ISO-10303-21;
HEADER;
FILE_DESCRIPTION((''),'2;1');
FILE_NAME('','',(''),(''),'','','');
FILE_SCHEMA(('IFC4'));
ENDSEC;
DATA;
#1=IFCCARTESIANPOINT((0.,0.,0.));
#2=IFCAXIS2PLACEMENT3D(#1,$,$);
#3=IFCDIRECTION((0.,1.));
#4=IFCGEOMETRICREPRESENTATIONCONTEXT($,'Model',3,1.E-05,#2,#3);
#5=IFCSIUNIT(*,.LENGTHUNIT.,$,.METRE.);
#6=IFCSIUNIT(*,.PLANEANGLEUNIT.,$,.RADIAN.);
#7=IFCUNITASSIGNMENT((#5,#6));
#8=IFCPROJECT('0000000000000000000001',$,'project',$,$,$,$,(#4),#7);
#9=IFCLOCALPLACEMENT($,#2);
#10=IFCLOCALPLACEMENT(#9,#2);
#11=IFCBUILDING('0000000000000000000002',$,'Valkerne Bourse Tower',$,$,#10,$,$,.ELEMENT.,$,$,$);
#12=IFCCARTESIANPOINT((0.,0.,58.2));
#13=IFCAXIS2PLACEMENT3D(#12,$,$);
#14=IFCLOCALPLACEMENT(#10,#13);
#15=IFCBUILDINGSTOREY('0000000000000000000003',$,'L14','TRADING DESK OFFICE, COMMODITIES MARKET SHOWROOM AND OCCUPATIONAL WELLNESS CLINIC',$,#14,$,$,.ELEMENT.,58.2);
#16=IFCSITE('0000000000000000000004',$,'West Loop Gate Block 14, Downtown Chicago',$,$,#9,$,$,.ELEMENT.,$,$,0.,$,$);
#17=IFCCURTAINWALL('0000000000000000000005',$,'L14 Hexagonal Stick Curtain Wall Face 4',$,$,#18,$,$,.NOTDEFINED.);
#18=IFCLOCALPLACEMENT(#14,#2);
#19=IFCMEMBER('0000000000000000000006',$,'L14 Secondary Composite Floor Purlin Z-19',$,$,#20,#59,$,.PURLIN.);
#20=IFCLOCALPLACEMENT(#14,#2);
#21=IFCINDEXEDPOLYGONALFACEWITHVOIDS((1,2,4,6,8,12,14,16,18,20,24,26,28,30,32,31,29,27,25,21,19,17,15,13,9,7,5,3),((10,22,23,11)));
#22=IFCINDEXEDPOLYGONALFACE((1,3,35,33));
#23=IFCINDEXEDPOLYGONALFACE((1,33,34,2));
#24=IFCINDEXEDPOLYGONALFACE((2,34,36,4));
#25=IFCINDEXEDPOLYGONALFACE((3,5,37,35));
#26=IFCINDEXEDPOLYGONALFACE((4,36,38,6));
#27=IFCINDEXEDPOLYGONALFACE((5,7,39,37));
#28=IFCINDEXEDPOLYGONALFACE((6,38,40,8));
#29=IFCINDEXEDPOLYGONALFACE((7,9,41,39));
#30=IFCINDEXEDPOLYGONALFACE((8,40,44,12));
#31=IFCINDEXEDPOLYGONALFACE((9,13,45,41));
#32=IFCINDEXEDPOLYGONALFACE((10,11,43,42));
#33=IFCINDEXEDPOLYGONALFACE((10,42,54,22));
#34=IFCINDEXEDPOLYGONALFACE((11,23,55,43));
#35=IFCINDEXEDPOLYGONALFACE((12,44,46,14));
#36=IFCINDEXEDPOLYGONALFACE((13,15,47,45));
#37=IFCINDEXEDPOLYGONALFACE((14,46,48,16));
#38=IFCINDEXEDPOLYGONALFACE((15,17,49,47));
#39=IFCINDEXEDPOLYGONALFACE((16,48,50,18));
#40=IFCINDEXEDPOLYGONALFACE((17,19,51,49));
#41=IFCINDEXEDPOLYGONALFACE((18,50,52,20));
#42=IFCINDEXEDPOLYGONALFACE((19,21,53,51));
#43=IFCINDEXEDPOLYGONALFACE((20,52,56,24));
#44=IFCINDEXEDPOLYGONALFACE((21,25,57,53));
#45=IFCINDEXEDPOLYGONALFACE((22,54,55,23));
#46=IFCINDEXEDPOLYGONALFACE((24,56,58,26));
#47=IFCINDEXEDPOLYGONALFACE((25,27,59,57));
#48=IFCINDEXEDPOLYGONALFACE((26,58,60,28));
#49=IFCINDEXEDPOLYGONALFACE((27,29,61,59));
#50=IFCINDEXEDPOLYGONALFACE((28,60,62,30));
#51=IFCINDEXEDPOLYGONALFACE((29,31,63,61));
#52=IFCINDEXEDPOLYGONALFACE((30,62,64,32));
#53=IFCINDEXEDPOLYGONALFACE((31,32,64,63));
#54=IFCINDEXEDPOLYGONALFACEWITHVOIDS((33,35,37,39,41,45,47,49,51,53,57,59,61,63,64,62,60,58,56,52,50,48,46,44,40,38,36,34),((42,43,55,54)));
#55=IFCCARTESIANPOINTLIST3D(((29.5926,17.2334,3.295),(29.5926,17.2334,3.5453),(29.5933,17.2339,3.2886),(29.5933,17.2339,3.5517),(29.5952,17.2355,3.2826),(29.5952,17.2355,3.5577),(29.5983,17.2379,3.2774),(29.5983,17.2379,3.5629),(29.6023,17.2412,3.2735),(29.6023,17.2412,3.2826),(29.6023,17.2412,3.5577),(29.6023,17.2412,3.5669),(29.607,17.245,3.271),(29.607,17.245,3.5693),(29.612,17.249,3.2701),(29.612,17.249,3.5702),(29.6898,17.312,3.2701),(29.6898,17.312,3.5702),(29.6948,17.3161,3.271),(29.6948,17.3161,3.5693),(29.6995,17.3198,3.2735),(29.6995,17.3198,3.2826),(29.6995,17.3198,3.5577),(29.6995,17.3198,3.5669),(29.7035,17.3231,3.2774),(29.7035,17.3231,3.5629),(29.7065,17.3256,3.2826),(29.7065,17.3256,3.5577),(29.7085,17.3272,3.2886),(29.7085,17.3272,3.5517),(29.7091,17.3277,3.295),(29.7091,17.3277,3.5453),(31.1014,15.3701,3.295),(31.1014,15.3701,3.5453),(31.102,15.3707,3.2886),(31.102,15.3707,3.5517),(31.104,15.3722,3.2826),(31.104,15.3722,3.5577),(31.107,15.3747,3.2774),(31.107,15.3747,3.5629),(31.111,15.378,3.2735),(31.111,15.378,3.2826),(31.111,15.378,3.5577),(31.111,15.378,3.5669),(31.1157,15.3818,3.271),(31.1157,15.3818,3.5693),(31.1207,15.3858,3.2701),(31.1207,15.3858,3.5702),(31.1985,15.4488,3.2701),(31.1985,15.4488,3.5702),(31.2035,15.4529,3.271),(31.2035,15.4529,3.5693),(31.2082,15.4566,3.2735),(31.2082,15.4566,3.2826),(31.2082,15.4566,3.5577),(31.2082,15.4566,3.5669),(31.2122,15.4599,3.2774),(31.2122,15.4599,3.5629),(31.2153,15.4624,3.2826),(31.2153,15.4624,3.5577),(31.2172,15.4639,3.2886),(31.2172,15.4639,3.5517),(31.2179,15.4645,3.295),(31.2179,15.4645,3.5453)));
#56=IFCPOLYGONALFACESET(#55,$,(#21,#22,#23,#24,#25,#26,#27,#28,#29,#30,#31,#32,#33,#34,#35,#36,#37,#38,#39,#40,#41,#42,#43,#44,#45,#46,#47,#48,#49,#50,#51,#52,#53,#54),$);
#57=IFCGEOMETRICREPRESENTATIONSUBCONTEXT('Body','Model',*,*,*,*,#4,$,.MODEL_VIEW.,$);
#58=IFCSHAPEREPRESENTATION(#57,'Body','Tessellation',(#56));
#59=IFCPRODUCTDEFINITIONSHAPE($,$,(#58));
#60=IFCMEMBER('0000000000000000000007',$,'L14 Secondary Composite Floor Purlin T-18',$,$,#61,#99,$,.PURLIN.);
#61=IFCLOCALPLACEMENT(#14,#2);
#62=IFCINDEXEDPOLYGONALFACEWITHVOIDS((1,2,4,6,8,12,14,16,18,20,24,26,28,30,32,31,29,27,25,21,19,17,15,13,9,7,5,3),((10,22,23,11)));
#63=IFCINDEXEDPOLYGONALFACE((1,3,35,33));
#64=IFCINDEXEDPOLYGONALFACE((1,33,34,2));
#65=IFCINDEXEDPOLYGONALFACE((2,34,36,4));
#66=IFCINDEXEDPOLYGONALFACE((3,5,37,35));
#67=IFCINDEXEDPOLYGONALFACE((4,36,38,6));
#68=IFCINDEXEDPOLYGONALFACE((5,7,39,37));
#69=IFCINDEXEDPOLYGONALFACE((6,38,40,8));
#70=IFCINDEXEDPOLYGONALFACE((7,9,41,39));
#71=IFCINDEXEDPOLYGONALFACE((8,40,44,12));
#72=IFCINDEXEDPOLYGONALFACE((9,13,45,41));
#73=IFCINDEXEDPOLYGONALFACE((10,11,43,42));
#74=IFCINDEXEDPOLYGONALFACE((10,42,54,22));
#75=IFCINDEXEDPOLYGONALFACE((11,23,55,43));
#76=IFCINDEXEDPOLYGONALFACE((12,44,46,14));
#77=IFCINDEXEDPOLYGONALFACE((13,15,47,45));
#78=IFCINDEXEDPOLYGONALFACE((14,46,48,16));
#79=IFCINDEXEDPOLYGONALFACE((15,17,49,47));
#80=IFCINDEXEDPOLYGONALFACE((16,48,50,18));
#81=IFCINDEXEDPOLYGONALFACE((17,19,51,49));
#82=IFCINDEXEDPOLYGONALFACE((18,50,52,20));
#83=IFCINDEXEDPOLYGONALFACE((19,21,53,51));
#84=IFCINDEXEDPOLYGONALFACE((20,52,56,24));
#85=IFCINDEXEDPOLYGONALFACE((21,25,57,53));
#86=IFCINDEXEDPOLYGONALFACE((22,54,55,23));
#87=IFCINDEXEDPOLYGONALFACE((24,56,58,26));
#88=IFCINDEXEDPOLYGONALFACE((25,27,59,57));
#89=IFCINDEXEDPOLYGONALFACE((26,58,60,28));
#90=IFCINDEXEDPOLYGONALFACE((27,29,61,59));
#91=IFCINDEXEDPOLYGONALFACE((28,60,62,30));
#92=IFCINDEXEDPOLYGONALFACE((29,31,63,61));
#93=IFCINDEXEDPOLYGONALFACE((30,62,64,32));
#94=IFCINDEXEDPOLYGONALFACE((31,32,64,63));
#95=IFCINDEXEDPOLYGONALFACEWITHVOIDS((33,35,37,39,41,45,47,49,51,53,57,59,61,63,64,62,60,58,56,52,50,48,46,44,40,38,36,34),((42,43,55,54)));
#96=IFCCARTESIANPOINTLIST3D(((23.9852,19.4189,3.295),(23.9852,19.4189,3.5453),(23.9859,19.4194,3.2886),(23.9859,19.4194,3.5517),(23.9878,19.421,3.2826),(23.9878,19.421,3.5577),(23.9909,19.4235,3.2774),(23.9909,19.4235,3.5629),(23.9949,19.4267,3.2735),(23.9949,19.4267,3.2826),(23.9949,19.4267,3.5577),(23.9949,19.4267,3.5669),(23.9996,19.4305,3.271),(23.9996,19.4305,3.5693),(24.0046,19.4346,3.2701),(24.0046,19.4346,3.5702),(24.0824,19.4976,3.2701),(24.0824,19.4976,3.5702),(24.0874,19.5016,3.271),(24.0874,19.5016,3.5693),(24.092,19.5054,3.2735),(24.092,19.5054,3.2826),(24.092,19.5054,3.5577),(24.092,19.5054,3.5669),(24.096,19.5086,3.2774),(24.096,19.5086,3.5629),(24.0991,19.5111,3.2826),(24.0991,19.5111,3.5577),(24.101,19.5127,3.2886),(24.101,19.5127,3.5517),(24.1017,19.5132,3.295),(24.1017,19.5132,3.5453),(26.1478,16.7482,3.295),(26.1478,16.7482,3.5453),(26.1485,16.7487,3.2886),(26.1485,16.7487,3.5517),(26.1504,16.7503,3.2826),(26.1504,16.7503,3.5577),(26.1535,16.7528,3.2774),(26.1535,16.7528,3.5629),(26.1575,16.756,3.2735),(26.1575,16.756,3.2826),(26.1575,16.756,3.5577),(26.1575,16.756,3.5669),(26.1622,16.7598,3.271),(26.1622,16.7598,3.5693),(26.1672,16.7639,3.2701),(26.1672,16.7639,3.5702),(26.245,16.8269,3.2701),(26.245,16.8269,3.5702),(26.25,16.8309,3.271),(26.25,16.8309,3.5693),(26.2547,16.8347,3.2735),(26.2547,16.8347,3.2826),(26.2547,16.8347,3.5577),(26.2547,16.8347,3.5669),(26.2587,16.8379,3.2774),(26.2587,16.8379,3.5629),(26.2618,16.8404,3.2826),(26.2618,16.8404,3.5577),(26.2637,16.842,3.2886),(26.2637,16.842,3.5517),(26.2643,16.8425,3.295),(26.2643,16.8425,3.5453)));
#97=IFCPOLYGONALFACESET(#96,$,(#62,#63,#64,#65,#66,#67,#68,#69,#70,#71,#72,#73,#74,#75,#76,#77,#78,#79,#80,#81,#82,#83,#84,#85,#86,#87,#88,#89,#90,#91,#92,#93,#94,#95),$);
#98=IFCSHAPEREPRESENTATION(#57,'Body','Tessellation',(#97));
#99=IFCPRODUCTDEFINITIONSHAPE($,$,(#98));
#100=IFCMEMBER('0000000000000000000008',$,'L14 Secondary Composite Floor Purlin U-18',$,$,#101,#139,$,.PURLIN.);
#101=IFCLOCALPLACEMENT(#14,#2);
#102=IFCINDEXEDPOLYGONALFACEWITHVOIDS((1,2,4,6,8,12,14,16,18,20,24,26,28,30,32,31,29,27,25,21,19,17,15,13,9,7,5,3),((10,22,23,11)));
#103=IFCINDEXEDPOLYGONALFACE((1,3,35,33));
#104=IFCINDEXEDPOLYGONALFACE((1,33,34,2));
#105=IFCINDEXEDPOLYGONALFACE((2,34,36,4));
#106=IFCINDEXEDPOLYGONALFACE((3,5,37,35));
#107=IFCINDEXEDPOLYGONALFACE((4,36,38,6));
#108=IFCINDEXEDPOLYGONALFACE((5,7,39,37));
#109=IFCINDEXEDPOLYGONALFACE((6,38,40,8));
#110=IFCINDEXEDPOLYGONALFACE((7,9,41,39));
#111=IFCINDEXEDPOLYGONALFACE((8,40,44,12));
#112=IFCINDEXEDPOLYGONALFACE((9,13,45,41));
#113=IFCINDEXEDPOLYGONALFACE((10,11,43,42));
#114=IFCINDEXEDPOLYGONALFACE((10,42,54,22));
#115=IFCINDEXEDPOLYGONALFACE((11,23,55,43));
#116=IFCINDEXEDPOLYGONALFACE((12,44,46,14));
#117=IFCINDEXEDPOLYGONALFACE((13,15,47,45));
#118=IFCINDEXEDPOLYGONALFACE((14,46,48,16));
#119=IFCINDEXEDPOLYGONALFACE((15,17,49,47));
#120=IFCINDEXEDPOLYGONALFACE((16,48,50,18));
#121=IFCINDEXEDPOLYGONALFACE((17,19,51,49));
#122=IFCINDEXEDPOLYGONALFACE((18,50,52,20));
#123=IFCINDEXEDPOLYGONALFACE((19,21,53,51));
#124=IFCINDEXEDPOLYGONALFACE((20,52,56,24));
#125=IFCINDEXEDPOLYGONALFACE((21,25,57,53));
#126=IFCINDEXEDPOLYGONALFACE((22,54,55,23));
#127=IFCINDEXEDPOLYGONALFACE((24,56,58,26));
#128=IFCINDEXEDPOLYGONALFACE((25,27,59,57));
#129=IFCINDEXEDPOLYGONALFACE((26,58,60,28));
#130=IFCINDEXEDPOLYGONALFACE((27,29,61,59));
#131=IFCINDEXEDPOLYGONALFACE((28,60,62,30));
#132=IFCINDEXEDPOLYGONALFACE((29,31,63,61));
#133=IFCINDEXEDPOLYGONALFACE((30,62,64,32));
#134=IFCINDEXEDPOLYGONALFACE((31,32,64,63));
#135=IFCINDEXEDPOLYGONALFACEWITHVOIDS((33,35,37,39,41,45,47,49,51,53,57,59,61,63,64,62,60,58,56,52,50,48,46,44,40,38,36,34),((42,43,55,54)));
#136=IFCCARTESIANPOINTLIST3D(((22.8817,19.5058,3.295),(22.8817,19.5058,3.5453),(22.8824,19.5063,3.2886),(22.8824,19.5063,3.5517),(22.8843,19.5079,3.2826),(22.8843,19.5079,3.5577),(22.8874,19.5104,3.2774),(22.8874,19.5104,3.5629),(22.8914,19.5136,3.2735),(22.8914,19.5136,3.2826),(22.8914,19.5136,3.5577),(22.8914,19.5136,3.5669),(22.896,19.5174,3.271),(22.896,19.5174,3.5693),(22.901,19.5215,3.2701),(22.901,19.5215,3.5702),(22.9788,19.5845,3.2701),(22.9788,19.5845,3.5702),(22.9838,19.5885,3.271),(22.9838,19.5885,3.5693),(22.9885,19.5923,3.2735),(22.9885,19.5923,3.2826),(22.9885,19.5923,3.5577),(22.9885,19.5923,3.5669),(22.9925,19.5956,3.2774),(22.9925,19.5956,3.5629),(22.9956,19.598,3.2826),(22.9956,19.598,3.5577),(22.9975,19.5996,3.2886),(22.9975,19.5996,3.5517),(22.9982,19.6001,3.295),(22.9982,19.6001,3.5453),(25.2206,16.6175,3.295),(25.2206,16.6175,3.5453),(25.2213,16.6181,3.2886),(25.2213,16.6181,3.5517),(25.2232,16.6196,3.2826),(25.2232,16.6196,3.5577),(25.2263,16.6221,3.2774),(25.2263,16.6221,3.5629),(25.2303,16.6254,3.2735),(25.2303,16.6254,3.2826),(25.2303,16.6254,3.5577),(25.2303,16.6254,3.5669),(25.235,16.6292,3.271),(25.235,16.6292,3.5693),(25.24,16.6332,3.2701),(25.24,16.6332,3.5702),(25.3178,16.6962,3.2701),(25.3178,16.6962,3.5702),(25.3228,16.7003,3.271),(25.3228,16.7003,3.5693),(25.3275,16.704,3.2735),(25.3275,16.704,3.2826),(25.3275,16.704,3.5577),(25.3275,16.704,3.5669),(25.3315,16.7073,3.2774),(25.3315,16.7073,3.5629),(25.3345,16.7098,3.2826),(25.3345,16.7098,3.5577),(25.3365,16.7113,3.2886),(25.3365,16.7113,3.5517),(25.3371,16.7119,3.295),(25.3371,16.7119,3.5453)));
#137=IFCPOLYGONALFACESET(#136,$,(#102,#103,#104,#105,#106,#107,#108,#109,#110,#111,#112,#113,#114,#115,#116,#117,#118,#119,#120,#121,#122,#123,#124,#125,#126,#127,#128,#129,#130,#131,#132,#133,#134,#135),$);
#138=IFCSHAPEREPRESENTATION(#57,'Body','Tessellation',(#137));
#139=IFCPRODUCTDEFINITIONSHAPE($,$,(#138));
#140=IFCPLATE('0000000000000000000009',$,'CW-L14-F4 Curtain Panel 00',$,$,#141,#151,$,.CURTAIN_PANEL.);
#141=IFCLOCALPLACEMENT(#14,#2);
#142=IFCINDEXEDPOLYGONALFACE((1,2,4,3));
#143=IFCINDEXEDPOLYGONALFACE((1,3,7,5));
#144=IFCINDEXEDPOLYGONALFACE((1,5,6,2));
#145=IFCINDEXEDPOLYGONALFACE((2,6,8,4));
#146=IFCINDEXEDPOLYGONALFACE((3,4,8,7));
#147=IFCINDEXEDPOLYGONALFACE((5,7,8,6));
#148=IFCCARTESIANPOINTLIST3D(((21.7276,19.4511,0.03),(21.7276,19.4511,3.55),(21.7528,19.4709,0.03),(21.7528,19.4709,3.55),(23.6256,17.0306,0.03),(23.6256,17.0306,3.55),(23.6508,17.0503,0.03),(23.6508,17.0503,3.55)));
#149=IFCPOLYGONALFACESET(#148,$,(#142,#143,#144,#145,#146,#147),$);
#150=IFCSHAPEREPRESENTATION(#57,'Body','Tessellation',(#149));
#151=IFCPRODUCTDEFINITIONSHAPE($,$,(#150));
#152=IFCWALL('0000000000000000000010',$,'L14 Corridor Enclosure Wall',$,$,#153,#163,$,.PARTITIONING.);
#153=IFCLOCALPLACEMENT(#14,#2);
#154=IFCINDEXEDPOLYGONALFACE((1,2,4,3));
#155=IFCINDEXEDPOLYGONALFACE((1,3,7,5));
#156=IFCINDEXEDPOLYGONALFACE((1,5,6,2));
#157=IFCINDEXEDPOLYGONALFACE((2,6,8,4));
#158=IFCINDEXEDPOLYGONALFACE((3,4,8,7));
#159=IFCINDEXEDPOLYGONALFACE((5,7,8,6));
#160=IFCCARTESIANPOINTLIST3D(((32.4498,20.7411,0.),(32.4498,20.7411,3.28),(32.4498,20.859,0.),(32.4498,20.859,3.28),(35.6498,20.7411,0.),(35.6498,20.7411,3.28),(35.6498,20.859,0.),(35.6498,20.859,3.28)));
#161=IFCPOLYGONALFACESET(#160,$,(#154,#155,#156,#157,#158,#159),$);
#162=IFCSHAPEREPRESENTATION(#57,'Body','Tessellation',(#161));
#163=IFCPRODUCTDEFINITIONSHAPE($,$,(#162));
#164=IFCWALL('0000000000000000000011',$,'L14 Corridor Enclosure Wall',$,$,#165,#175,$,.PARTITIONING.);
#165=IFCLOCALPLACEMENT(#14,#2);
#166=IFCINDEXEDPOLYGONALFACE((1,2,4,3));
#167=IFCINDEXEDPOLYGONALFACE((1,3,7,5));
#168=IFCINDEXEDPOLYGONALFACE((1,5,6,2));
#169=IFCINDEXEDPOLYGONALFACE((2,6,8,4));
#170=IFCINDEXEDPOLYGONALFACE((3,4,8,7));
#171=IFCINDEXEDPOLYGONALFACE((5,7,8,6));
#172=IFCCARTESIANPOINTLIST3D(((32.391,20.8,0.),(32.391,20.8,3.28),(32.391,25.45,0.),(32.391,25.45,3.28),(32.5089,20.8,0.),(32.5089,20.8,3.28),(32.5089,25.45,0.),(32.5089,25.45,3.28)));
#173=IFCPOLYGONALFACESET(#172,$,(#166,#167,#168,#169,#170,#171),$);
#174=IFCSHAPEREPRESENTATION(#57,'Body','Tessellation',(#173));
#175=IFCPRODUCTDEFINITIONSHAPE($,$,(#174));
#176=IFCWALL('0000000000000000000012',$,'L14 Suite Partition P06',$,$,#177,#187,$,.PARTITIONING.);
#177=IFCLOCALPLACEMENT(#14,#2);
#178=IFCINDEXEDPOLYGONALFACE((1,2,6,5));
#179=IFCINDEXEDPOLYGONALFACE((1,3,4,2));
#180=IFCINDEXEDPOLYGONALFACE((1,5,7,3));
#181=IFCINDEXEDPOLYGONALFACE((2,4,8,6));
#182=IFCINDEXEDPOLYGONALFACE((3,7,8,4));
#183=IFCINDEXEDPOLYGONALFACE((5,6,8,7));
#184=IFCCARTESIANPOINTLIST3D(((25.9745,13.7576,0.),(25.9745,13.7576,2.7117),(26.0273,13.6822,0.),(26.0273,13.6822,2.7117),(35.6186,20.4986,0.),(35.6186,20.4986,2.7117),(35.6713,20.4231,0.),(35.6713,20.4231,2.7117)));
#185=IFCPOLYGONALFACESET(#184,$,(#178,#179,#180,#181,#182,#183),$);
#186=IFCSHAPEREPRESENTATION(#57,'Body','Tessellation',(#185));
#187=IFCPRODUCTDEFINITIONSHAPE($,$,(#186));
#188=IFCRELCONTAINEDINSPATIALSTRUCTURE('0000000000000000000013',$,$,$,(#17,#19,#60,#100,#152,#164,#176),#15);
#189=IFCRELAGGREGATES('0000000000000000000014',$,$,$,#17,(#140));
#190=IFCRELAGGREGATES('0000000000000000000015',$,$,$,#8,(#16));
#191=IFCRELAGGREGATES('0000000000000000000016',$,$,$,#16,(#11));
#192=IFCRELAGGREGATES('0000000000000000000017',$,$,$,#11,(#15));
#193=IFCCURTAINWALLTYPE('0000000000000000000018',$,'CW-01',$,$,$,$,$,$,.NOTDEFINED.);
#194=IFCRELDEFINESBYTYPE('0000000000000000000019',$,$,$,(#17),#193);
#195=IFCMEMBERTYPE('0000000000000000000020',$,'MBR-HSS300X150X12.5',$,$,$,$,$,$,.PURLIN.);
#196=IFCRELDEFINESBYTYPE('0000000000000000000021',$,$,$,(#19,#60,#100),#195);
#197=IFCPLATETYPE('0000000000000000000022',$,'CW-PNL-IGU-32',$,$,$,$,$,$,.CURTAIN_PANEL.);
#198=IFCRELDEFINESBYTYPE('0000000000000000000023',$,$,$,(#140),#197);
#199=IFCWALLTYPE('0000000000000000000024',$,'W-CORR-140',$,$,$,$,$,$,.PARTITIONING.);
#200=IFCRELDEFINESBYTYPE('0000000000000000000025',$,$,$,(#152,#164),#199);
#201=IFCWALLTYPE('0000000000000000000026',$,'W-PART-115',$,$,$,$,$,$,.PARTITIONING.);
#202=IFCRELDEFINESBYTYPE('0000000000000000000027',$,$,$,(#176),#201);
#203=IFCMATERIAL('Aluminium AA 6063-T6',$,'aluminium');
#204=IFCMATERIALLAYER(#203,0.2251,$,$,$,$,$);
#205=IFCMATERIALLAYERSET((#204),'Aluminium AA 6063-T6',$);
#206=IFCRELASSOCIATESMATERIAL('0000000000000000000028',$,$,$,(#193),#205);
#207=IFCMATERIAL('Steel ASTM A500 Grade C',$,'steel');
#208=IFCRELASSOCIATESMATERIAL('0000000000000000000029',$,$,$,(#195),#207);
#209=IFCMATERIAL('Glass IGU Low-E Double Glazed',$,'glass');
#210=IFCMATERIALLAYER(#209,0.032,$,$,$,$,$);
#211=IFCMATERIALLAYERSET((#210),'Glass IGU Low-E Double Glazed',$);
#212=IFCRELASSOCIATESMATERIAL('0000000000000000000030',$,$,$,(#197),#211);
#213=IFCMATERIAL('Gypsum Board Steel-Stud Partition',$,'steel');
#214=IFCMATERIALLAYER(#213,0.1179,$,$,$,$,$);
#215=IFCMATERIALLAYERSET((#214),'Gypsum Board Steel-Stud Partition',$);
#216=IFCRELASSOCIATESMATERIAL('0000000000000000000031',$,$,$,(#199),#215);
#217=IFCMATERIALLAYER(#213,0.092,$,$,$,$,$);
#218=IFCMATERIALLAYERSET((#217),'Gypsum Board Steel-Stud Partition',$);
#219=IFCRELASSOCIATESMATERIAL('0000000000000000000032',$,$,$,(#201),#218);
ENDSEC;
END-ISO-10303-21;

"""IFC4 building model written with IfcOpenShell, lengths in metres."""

from ifc_helpers import new_model, si_unit, direction, frame, frame_2d, origin, origin_2d, place, context, subcontext, project, spatial, rectangle, hollow_rectangle, extrude, material, layer, layer_set, material_profile, profile_set, type_object, element, aggregate, save


model = new_model("IFC4")

# Units and contexts
model_context = context("Model", 3, precision=1e-05, world=origin(), true_north=direction((0.0, 1.0)))
body_context = subcontext(model_context, "Body", "Model", "MODEL_VIEW")
ifc_project = project(units=[si_unit("LENGTHUNIT", "METRE"), si_unit("PLANEANGLEUNIT", "RADIAN")], contexts=[model_context])

# Site, building, storey
site_placement = place(None, origin())
site = spatial("IfcSite", under=ifc_project, at=site_placement, Name="West Loop Gate Block 14, Downtown Chicago", CompositionType="ELEMENT", RefElevation=0.0)
building_placement = place(site_placement, origin())
building = spatial("IfcBuilding", under=site, at=building_placement, Name="Valkerne Bourse Tower", CompositionType="ELEMENT")
storey_placement = place(building_placement, frame((0.0, 0.0, 58.2)))
storey = spatial("IfcBuildingStorey", under=building, at=storey_placement, Name="L14", Description="TRADING DESK OFFICE, COMMODITIES MARKET SHOWROOM AND OCCUPATIONAL WELLNESS CLINIC", CompositionType="ELEMENT", Elevation=58.2)

# Curtain wall
ifc_material_1 = material(Name="Aluminium AA 6063-T6", Category="aluminium")
ifc_layer_1 = layer(ifc_material_1, 0.2251)
ifc_layer_set_1 = layer_set([ifc_layer_1], Name="Aluminium AA 6063-T6")
curtain_wall_type = type_object("IfcCurtainWallType", Name="CW-01", PredefinedType="NOTDEFINED", material=ifc_layer_set_1)
curtain_wall_placement = place(storey_placement, origin())
curtain_wall = element("IfcCurtainWall", 1, at=curtain_wall_placement, inside=storey, type_object=curtain_wall_type, Name="L14 Hexagonal Stick Curtain Wall Face 4", PredefinedType="NOTDEFINED")

# Members
ifc_material_2 = material(Name="Steel ASTM A500 Grade C", Category="steel")
ifc_material_profile_1 = material_profile(ifc_material_2, hollow_rectangle(XDim=0.1499, YDim=0.3, WallThickness=0.0125, OuterFilletRadius=0.0249, at=origin_2d()), Name="HSS300X150X12.5")
ifc_profile_set_1 = profile_set([ifc_material_profile_1], Name="Steel ASTM A500 Grade C")
member_type_1 = type_object("IfcMemberType", Name="MBR-HSS300X150X12.5", PredefinedType="PURLIN", material=ifc_profile_set_1)
for number, where, z_axis, x_axis, name in (
    (2, (29.6509, 17.2805, 3.4202), (0.629304, -0.777159, 0.0), (0.777159, 0.629304, 0.0), "L14 Secondary Composite Floor Purlin Z-19"),
):
    element("IfcMember", number, at=place(storey_placement, frame(where, z_axis=z_axis, x_axis=x_axis)), inside=storey, type_object=member_type_1, Name=name, PredefinedType="PURLIN", context=body_context, shape_type="SweptSolid", body=[
        extrude(hollow_rectangle(XDim=0.1499, YDim=0.3, WallThickness=0.0125, OuterFilletRadius=0.0249, at=origin_2d()), origin(), (0.0, 0.0, 1.0), 2.3975),
    ])
member_1_placement = place(storey_placement, frame((24.0435, 19.4661, 3.4202), z_axis=(0.629311, -0.777154, 0.0), x_axis=(0.777154, 0.629311, 0.0)))
element("IfcMember", 3, at=member_1_placement, inside=storey, type_object=member_type_1, Name="L14 Secondary Composite Floor Purlin T-18", PredefinedType="PURLIN", context=body_context, shape_type="SweptSolid", body=[
    extrude(hollow_rectangle(XDim=0.1499, YDim=0.3, WallThickness=0.0125, OuterFilletRadius=0.0249, at=origin_2d()), origin(), (0.0, 0.0, 1.0), 3.4365),
])
member_2_placement = place(storey_placement, frame((22.9399, 19.553, 3.4202), z_axis=(0.629331, -0.777138, 0.0), x_axis=(0.777138, 0.629331, 0.0)))
element("IfcMember", 4, at=member_2_placement, inside=storey, type_object=member_type_1, Name="L14 Secondary Composite Floor Purlin U-18", PredefinedType="PURLIN", context=body_context, shape_type="SweptSolid", body=[
    extrude(hollow_rectangle(XDim=0.1499, YDim=0.3, WallThickness=0.0125, OuterFilletRadius=0.0249, at=origin_2d()), origin(), (0.0, 0.0, 1.0), 3.7166),
])

# Plate
ifc_material_3 = material(Name="Glass IGU Low-E Double Glazed", Category="glass")
ifc_layer_2 = layer(ifc_material_3, 0.032)
ifc_layer_set_2 = layer_set([ifc_layer_2], Name="Glass IGU Low-E Double Glazed")
plate_type = type_object("IfcPlateType", Name="CW-PNL-IGU-32", PredefinedType="CURTAIN_PANEL", material=ifc_layer_set_2)
plate_placement = place(storey_placement, frame((22.6892, 18.2507, 0.03), z_axis=(0.0, 0.0, 1.0), x_axis=(0.617051, -0.786923, 0.0)))
plate = element("IfcPlate", 5, at=plate_placement, type_object=plate_type, Name="CW-L14-F4 Curtain Panel 00", PredefinedType="CURTAIN_PANEL", context=body_context, shape_type="SweptSolid", body=[
    extrude(rectangle(XDim=3.0759, YDim=0.032, at=origin_2d()), origin(), (0.0, 0.0, 1.0), 3.52),
])
aggregate(curtain_wall, [plate])

# Walls
ifc_material_4 = material(Name="Gypsum Board Steel-Stud Partition", Category="steel")
ifc_layer_3 = layer(ifc_material_4, 0.1179)
ifc_layer_set_3 = layer_set([ifc_layer_3], Name="Gypsum Board Steel-Stud Partition")
wall_type_1 = type_object("IfcWallType", Name="W-CORR-140", PredefinedType="PARTITIONING", material=ifc_layer_set_3)
wall_1_placement = place(storey_placement, frame((35.6499, 20.8, 0.0), z_axis=(0.0, 0.0, 1.0), x_axis=(-1.0, 0.0, 0.0)))
element("IfcWall", 6, at=wall_1_placement, inside=storey, type_object=wall_type_1, Name="L14 Corridor Enclosure Wall", PredefinedType="PARTITIONING", context=body_context, shape_type="SweptSolid", body=[
    extrude(rectangle(XDim=3.2, YDim=0.1179, at=frame_2d((1.6001, 0.0))), origin(), (0.0, 0.0, 1.0), 3.28),
])
wall_2_placement = place(storey_placement, frame((32.45, 20.8, 0.0), z_axis=(0.0, 0.0, 1.0), x_axis=(0.0, 1.0, 0.0)))
element("IfcWall", 7, at=wall_2_placement, inside=storey, type_object=wall_type_1, Name="L14 Corridor Enclosure Wall", PredefinedType="PARTITIONING", context=body_context, shape_type="SweptSolid", body=[
    extrude(rectangle(XDim=4.6499, YDim=0.1179, at=frame_2d((2.325, 0.0))), origin(), (0.0, 0.0, 1.0), 3.28),
])
ifc_layer_4 = layer(ifc_material_4, 0.092)
ifc_layer_set_4 = layer_set([ifc_layer_4], Name="Gypsum Board Steel-Stud Partition")
wall_type_2 = type_object("IfcWallType", Name="W-PART-115", PredefinedType="PARTITIONING", material=ifc_layer_set_4)
wall_3_placement = place(storey_placement, frame((35.645, 20.4609, 0.0), z_axis=(0.0, 0.0, 1.0), x_axis=(-0.819626, -0.5729, 0.0)))
element("IfcWall", 8, at=wall_3_placement, inside=storey, type_object=wall_type_2, Name="L14 Suite Partition P06", PredefinedType="PARTITIONING", context=body_context, shape_type="SweptSolid", body=[
    extrude(rectangle(XDim=11.7664, YDim=0.092, at=frame_2d((5.8833, 0.0))), origin(), (0.0, 0.0, 1.0), 2.7117),
])

save(model, "model.ifc")
